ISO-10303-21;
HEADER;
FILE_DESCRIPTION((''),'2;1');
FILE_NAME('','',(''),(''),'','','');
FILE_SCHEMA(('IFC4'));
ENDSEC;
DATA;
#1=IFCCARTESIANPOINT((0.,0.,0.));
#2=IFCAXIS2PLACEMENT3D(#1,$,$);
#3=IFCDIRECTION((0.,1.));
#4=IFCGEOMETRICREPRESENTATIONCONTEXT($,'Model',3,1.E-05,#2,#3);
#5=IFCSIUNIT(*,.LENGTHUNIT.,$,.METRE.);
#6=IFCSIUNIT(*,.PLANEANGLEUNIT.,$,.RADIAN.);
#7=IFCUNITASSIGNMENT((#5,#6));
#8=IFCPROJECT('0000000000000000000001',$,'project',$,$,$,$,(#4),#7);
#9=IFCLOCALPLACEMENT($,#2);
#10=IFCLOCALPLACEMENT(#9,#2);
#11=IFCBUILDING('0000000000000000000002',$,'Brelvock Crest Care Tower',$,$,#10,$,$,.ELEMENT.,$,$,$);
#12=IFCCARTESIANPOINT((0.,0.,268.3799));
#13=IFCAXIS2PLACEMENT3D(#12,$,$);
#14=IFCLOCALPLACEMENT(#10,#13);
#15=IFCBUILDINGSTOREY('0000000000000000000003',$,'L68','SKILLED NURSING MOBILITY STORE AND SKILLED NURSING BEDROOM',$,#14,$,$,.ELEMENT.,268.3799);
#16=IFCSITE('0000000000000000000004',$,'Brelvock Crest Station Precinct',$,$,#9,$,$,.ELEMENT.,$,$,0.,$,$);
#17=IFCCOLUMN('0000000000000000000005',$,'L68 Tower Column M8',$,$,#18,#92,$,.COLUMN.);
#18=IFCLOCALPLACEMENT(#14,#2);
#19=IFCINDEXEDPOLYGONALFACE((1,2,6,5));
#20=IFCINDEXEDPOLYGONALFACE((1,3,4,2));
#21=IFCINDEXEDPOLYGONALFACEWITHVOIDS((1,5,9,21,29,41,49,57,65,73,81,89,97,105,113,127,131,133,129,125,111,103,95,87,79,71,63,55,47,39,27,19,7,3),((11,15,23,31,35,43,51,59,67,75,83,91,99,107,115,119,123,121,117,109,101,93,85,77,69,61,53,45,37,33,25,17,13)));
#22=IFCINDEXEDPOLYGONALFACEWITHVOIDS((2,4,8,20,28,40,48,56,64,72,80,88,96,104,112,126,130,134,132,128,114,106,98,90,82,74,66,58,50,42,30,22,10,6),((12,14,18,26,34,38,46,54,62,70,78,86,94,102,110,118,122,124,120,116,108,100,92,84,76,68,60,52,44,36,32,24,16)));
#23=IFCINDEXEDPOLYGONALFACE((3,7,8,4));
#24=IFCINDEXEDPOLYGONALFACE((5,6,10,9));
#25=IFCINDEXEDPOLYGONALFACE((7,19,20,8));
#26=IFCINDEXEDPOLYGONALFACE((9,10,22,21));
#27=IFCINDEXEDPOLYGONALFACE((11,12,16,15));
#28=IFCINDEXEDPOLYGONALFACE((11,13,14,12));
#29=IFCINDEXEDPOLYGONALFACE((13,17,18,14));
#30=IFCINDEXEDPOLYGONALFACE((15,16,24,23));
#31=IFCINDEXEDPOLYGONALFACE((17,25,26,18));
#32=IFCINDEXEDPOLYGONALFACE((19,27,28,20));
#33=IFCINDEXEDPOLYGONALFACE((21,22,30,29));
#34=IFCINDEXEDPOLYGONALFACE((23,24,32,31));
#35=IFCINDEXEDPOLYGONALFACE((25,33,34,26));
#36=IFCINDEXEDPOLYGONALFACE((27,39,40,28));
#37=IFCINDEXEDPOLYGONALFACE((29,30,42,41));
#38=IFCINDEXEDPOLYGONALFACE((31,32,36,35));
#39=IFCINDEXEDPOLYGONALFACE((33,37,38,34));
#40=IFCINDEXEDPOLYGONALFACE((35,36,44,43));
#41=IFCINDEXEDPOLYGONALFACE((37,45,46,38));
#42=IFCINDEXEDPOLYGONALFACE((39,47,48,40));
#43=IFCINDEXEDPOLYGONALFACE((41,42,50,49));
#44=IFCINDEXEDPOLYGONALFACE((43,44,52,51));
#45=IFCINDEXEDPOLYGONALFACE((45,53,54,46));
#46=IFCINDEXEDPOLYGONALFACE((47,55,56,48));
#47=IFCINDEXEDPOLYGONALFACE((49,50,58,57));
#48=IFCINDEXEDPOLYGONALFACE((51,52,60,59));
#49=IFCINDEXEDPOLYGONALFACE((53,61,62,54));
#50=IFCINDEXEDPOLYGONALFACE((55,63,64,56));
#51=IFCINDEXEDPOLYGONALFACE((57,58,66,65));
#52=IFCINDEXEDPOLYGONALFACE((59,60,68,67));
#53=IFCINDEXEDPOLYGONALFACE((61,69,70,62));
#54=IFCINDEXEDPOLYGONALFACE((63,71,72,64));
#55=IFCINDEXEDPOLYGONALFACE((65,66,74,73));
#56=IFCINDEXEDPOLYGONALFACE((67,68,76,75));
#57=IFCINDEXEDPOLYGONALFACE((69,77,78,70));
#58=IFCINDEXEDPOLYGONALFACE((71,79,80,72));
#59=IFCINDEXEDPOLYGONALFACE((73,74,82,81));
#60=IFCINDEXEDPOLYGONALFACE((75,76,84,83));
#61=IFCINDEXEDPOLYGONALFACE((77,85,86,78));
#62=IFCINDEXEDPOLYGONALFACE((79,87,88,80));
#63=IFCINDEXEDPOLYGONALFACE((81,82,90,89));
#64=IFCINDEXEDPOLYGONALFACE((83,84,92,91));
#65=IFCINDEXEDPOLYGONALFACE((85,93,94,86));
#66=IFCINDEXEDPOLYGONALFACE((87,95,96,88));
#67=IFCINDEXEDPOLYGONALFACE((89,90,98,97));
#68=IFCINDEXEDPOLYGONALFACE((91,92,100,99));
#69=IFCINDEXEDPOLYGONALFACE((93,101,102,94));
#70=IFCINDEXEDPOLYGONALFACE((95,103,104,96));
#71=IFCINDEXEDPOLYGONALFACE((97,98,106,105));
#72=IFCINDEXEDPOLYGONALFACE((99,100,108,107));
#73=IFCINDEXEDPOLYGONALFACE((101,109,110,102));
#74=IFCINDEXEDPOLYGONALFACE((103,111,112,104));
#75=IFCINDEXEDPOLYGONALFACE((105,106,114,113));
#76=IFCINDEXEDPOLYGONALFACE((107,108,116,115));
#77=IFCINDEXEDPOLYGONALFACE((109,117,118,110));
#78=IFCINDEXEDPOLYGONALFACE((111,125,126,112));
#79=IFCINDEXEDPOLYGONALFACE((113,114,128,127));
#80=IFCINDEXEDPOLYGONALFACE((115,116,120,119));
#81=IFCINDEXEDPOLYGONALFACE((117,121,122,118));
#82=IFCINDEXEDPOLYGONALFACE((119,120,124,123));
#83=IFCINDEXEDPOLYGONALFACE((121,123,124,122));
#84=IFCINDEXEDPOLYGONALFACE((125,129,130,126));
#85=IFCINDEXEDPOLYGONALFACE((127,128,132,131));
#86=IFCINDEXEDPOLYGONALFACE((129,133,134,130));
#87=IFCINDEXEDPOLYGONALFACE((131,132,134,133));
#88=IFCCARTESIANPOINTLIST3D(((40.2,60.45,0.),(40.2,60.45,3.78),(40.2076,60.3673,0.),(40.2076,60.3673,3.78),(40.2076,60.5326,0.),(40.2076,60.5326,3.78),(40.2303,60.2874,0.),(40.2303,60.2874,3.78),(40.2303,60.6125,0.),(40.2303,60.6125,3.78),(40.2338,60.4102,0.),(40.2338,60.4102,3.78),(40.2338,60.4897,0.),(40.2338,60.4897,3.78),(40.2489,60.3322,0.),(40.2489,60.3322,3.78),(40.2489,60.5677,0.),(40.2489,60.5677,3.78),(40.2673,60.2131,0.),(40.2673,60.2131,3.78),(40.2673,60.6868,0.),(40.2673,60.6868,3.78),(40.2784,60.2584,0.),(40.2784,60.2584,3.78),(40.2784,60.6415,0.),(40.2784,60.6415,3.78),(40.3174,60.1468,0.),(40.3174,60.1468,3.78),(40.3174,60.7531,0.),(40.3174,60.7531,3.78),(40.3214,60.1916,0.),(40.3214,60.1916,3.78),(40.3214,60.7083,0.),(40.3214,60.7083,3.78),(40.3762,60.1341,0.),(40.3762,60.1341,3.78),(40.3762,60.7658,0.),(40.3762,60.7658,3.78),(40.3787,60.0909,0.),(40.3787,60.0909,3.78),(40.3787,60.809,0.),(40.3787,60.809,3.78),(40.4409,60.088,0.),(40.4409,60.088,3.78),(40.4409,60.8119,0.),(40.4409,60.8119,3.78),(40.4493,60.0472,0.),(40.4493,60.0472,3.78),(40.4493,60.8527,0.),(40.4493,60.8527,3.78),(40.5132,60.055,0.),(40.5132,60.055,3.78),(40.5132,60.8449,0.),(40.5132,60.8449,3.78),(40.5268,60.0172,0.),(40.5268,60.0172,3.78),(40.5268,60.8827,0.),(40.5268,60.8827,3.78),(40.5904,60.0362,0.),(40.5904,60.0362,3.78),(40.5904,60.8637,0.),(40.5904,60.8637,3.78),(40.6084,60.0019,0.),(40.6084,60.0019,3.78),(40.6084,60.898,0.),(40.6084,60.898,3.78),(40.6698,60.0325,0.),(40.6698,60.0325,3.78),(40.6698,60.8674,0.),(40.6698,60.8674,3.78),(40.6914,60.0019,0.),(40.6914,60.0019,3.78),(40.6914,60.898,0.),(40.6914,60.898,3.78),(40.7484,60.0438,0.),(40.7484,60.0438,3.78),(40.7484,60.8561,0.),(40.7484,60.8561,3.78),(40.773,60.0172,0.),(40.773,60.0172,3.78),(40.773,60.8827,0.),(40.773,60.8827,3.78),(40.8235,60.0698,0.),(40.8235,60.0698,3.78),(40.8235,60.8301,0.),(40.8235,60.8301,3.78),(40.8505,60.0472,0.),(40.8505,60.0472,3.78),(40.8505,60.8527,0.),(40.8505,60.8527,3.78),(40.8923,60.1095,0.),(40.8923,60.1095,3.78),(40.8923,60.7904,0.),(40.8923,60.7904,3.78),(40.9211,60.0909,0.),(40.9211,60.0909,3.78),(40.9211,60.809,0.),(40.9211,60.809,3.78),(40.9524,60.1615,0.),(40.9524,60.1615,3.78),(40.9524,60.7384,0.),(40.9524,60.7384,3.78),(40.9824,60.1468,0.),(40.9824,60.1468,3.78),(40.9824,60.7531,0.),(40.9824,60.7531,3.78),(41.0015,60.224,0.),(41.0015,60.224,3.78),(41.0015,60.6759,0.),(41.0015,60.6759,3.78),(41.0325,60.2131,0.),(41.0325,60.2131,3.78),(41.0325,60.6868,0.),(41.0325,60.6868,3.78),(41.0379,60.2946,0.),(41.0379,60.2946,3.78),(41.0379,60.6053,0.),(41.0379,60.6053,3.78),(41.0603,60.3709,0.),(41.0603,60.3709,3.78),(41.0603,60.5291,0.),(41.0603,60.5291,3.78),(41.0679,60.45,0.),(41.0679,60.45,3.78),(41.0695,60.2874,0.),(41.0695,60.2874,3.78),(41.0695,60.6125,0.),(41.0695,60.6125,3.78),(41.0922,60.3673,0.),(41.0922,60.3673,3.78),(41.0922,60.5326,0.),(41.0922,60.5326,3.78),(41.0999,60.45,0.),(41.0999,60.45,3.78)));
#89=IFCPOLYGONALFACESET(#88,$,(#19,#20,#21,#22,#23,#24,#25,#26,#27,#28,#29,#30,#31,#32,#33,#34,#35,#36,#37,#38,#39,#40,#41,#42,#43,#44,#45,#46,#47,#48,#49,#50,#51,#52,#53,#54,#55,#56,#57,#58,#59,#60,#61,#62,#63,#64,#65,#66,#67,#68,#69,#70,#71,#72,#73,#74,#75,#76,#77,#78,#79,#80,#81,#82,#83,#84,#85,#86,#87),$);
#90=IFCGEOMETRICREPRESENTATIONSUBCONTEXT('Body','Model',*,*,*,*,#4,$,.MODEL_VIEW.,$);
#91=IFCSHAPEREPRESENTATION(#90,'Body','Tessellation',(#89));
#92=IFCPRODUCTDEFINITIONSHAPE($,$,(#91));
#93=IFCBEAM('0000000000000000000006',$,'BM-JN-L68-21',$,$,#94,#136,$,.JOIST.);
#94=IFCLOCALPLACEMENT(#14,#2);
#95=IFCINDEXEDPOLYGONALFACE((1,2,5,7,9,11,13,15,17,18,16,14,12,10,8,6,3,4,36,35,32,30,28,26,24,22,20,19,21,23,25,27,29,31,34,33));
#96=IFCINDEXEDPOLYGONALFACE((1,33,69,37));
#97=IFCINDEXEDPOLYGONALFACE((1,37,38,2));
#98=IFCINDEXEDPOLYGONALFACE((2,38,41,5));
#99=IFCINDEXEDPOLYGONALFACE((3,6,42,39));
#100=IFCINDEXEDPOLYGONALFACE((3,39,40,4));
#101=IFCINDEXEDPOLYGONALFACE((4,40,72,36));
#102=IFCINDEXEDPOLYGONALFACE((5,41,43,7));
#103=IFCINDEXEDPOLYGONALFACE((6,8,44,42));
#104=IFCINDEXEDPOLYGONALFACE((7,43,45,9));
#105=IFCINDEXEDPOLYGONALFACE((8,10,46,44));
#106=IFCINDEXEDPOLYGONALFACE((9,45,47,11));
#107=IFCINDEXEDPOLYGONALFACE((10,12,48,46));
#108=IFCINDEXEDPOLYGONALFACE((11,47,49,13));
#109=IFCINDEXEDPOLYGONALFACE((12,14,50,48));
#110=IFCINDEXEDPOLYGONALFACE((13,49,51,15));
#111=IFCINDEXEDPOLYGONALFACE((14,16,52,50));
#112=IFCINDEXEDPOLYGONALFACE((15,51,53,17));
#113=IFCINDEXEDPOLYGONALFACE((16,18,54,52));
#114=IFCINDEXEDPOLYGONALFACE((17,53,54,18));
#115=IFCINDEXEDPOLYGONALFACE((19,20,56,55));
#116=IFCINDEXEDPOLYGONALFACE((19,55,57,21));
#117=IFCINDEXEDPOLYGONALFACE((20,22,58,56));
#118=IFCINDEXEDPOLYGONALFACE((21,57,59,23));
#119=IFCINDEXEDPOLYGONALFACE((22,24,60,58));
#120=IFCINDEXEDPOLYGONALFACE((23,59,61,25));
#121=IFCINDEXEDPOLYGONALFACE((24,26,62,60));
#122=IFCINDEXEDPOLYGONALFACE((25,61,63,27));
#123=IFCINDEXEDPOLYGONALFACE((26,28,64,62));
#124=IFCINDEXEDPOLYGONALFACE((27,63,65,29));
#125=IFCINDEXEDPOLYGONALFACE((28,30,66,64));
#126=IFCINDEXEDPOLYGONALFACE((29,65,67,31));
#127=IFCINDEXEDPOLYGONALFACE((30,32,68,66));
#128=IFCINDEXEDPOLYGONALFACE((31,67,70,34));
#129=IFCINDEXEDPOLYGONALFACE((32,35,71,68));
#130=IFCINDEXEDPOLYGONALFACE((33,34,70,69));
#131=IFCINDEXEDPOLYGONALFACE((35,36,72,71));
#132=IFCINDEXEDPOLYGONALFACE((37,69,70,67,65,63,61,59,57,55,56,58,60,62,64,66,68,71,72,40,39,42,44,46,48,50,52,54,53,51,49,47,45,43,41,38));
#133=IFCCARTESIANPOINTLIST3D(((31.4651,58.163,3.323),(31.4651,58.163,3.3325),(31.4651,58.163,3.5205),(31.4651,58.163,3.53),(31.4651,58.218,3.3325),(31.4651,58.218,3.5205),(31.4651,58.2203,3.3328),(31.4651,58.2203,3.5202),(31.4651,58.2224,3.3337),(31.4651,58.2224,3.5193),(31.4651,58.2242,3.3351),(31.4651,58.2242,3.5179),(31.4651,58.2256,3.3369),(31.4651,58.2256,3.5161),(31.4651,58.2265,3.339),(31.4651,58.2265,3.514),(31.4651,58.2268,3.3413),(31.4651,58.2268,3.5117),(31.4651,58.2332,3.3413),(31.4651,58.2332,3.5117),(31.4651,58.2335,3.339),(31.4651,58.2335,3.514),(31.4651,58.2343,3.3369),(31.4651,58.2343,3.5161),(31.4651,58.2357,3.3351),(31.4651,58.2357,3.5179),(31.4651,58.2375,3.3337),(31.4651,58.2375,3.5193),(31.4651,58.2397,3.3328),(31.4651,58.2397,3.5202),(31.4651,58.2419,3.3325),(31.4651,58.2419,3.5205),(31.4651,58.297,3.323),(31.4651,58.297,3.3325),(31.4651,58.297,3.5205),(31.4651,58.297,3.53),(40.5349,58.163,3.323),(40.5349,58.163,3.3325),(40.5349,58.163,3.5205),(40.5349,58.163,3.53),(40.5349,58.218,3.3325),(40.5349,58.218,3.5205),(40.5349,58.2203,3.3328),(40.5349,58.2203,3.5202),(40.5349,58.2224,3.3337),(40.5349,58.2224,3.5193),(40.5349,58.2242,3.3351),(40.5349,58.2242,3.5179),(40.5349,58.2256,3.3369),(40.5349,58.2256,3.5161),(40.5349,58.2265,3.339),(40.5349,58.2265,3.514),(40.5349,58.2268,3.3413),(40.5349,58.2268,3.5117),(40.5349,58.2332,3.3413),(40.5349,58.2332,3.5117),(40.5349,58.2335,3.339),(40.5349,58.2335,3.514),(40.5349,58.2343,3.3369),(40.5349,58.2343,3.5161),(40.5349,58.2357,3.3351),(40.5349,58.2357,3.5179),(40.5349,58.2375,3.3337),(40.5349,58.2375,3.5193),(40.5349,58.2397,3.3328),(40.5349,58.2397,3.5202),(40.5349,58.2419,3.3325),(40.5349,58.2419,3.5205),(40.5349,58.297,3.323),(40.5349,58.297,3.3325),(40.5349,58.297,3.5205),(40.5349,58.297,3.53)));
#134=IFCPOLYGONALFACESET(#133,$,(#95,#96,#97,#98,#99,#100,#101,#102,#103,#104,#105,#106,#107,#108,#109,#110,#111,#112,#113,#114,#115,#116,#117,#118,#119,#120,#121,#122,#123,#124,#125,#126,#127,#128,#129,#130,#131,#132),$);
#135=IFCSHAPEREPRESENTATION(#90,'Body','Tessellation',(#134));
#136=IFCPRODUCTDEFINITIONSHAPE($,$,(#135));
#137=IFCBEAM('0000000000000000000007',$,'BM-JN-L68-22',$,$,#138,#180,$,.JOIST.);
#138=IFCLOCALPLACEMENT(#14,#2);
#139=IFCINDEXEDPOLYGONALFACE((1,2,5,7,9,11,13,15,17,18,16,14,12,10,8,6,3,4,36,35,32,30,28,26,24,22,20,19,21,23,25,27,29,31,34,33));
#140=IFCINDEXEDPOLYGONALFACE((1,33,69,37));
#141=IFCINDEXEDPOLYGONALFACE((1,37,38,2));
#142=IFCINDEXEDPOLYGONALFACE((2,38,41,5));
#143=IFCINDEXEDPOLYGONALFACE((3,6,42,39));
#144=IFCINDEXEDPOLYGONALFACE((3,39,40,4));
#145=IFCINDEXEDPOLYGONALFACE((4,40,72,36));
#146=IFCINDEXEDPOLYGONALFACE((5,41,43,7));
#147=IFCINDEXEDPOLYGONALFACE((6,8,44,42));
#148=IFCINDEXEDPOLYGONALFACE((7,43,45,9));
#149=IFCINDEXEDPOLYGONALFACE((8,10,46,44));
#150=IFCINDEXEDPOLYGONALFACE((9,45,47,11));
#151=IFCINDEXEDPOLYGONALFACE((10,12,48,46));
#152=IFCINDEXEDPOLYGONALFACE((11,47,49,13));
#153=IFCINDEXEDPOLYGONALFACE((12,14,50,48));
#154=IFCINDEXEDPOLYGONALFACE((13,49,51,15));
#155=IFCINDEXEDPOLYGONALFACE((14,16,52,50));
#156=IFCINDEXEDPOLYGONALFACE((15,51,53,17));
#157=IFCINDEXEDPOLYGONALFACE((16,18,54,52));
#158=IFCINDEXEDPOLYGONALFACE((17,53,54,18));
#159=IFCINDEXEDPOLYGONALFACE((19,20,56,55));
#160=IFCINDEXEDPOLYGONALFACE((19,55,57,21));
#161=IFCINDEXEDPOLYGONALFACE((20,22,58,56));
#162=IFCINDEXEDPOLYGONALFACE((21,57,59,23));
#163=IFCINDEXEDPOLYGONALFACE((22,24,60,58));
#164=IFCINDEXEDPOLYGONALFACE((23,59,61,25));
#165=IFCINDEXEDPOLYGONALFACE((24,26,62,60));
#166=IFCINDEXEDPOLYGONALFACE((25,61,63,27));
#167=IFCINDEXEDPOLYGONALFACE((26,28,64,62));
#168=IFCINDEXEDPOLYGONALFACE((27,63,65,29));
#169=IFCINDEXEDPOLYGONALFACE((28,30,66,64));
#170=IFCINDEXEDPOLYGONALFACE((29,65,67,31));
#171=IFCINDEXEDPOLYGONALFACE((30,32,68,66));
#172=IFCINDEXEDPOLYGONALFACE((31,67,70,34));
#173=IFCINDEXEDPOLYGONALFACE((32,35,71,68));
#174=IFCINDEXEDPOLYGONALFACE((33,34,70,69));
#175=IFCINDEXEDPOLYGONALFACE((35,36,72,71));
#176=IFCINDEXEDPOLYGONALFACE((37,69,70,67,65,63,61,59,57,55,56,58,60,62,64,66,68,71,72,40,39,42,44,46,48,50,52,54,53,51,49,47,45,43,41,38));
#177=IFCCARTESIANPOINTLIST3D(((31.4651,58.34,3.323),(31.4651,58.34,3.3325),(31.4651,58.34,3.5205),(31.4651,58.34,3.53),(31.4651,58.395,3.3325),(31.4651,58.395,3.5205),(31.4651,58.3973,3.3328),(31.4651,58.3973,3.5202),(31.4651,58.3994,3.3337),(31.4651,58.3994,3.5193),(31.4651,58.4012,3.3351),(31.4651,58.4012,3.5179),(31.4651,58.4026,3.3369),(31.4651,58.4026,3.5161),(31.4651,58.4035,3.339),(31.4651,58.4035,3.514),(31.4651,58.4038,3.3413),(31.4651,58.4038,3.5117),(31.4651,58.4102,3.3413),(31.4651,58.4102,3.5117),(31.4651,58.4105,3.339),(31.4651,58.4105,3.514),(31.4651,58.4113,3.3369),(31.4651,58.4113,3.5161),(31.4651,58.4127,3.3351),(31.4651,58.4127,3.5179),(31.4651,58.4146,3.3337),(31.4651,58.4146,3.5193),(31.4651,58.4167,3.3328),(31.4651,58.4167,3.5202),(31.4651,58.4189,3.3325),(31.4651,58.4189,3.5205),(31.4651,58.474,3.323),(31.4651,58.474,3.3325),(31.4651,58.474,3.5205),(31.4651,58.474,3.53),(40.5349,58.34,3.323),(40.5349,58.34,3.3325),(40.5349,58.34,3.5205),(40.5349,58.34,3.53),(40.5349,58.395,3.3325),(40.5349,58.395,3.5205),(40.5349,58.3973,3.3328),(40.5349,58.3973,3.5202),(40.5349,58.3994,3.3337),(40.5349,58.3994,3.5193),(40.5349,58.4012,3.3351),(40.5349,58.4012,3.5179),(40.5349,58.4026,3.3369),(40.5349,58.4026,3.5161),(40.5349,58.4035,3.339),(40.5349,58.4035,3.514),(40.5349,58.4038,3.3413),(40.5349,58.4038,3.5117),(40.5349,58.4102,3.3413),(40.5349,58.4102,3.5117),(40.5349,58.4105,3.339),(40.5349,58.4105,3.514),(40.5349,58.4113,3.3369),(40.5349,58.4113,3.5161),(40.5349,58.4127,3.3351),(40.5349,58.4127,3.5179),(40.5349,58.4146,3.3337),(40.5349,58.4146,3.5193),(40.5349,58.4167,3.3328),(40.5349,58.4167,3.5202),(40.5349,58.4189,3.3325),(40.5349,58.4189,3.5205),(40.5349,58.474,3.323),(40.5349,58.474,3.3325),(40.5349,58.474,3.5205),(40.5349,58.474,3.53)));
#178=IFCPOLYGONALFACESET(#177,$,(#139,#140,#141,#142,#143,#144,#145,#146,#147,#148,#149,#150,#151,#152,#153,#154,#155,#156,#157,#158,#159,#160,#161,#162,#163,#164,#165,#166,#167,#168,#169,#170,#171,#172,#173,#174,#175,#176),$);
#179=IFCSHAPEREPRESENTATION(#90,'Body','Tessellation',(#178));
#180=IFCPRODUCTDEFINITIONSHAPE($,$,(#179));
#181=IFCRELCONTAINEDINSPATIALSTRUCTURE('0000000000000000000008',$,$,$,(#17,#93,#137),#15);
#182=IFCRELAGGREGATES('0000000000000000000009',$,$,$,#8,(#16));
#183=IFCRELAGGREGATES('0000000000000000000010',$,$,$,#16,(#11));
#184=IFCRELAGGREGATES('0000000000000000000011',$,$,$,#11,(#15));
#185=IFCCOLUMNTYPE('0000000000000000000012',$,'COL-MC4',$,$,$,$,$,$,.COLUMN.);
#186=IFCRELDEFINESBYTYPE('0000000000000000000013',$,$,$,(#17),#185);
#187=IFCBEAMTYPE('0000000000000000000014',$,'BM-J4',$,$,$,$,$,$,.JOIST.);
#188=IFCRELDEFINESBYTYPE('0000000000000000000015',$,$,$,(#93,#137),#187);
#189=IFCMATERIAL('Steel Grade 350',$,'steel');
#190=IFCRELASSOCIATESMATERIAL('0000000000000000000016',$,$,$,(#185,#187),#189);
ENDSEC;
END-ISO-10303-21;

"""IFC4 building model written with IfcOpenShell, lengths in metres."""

from ifc_helpers import new_model, si_unit, direction, frame, origin, origin_2d, place, context, subcontext, project, spatial, hollow_circle, i_section, extrude, source, transform, mapped, material, material_profile, profile_set, type_object, element, save


model = new_model("IFC4")

# Units and contexts
model_context = context("Model", 3, precision=1e-05, world=origin(), true_north=direction((0.0, 1.0)))
body_context = subcontext(model_context, "Body", "Model", "MODEL_VIEW")
ifc_project = project(units=[si_unit("LENGTHUNIT", "METRE"), si_unit("PLANEANGLEUNIT", "RADIAN")], contexts=[model_context])

# Site, building, storey
site_placement = place(None, origin())
site = spatial("IfcSite", under=ifc_project, at=site_placement, Name="Brelvock Crest Station Precinct", CompositionType="ELEMENT", RefElevation=0.0)
building_placement = place(site_placement, origin())
building = spatial("IfcBuilding", under=site, at=building_placement, Name="Brelvock Crest Care Tower", CompositionType="ELEMENT")
storey_placement = place(building_placement, frame((0.0, 0.0, 268.3799)))
storey = spatial("IfcBuildingStorey", under=building, at=storey_placement, Name="L68", Description="SKILLED NURSING MOBILITY STORE AND SKILLED NURSING BEDROOM", CompositionType="ELEMENT", Elevation=268.3799)

# Column
ifc_material_1 = material(Name="Steel Grade 350", Category="steel")
ifc_material_profile_1 = material_profile(ifc_material_1, hollow_circle(Radius=0.45, WallThickness=0.032, at=origin_2d()), Name="CFT900x32")
ifc_profile_set_1 = profile_set([ifc_material_profile_1], Name="Steel Grade 350")
column_type = type_object("IfcColumnType", Name="COL-MC4", PredefinedType="COLUMN", material=ifc_profile_set_1)
shared_shape_1 = source(origin(), body_context, "Body", "SweptSolid", [
    extrude(hollow_circle(Radius=0.45, WallThickness=0.032, at=origin_2d()), origin(), (0.0, 0.0, 1.0), 3.78),
])
column_placement = place(storey_placement, frame((40.6499, 60.45, 0.0), z_axis=(0.0, 0.0, 1.0), x_axis=(1.0, 0.0, 0.0)))
element("IfcColumn", 1, at=column_placement, inside=storey, type_object=column_type, Name="L68 Tower Column M8", PredefinedType="COLUMN", context=body_context, shape_type="MappedRepresentation", body=[
    mapped(shared_shape_1, transform((0.0, 0.0, 0.0), x_axis=(1.0, 0.0, 0.0), y_axis=(0.0, 1.0, 0.0), z_axis=(0.0, 0.0, 1.0), scale=1.0)),
])

# Beams
ifc_material_profile_2 = material_profile(ifc_material_1, i_section(OverallWidth=0.134, OverallDepth=0.207, WebThickness=0.0063, FlangeThickness=0.0095, FilletRadius=0.0088, at=origin_2d()), Name="200UB29.8")
ifc_profile_set_2 = profile_set([ifc_material_profile_2], Name="Steel Grade 350")
beam_type_1 = type_object("IfcBeamType", Name="BM-J4", PredefinedType="JOIST", material=ifc_profile_set_2)
shared_shape_2 = source(origin(), body_context, "Body", "SweptSolid", [
    extrude(i_section(OverallWidth=0.134, OverallDepth=0.207, WebThickness=0.0063, FlangeThickness=0.0095, FilletRadius=0.0088, at=origin_2d()), origin(), (0.0, 0.0, 1.0), 9.0698),
])
for number, where, z_axis, x_axis, name in (
    (2, (31.4651, 58.23, 3.4265), (1.0, 0.0, 0.0), (0.0, 1.0, 0.0), "BM-JN-L68-21"),
    (3, (31.4651, 58.407, 3.4265), (1.0, 0.0, 0.0), (0.0, 1.0, 0.0), "BM-JN-L68-22"),
):
    element("IfcBeam", number, at=place(storey_placement, frame(where, z_axis=z_axis, x_axis=x_axis)), inside=storey, type_object=beam_type_1, Name=name, PredefinedType="JOIST", context=body_context, shape_type="MappedRepresentation", body=[
        mapped(shared_shape_2, transform((0.0, 0.0, 0.0), x_axis=(1.0, 0.0, 0.0), y_axis=(0.0, 1.0, 0.0), z_axis=(0.0, 0.0, 1.0), scale=1.0)),
    ])

save(model, "model.ifc")
